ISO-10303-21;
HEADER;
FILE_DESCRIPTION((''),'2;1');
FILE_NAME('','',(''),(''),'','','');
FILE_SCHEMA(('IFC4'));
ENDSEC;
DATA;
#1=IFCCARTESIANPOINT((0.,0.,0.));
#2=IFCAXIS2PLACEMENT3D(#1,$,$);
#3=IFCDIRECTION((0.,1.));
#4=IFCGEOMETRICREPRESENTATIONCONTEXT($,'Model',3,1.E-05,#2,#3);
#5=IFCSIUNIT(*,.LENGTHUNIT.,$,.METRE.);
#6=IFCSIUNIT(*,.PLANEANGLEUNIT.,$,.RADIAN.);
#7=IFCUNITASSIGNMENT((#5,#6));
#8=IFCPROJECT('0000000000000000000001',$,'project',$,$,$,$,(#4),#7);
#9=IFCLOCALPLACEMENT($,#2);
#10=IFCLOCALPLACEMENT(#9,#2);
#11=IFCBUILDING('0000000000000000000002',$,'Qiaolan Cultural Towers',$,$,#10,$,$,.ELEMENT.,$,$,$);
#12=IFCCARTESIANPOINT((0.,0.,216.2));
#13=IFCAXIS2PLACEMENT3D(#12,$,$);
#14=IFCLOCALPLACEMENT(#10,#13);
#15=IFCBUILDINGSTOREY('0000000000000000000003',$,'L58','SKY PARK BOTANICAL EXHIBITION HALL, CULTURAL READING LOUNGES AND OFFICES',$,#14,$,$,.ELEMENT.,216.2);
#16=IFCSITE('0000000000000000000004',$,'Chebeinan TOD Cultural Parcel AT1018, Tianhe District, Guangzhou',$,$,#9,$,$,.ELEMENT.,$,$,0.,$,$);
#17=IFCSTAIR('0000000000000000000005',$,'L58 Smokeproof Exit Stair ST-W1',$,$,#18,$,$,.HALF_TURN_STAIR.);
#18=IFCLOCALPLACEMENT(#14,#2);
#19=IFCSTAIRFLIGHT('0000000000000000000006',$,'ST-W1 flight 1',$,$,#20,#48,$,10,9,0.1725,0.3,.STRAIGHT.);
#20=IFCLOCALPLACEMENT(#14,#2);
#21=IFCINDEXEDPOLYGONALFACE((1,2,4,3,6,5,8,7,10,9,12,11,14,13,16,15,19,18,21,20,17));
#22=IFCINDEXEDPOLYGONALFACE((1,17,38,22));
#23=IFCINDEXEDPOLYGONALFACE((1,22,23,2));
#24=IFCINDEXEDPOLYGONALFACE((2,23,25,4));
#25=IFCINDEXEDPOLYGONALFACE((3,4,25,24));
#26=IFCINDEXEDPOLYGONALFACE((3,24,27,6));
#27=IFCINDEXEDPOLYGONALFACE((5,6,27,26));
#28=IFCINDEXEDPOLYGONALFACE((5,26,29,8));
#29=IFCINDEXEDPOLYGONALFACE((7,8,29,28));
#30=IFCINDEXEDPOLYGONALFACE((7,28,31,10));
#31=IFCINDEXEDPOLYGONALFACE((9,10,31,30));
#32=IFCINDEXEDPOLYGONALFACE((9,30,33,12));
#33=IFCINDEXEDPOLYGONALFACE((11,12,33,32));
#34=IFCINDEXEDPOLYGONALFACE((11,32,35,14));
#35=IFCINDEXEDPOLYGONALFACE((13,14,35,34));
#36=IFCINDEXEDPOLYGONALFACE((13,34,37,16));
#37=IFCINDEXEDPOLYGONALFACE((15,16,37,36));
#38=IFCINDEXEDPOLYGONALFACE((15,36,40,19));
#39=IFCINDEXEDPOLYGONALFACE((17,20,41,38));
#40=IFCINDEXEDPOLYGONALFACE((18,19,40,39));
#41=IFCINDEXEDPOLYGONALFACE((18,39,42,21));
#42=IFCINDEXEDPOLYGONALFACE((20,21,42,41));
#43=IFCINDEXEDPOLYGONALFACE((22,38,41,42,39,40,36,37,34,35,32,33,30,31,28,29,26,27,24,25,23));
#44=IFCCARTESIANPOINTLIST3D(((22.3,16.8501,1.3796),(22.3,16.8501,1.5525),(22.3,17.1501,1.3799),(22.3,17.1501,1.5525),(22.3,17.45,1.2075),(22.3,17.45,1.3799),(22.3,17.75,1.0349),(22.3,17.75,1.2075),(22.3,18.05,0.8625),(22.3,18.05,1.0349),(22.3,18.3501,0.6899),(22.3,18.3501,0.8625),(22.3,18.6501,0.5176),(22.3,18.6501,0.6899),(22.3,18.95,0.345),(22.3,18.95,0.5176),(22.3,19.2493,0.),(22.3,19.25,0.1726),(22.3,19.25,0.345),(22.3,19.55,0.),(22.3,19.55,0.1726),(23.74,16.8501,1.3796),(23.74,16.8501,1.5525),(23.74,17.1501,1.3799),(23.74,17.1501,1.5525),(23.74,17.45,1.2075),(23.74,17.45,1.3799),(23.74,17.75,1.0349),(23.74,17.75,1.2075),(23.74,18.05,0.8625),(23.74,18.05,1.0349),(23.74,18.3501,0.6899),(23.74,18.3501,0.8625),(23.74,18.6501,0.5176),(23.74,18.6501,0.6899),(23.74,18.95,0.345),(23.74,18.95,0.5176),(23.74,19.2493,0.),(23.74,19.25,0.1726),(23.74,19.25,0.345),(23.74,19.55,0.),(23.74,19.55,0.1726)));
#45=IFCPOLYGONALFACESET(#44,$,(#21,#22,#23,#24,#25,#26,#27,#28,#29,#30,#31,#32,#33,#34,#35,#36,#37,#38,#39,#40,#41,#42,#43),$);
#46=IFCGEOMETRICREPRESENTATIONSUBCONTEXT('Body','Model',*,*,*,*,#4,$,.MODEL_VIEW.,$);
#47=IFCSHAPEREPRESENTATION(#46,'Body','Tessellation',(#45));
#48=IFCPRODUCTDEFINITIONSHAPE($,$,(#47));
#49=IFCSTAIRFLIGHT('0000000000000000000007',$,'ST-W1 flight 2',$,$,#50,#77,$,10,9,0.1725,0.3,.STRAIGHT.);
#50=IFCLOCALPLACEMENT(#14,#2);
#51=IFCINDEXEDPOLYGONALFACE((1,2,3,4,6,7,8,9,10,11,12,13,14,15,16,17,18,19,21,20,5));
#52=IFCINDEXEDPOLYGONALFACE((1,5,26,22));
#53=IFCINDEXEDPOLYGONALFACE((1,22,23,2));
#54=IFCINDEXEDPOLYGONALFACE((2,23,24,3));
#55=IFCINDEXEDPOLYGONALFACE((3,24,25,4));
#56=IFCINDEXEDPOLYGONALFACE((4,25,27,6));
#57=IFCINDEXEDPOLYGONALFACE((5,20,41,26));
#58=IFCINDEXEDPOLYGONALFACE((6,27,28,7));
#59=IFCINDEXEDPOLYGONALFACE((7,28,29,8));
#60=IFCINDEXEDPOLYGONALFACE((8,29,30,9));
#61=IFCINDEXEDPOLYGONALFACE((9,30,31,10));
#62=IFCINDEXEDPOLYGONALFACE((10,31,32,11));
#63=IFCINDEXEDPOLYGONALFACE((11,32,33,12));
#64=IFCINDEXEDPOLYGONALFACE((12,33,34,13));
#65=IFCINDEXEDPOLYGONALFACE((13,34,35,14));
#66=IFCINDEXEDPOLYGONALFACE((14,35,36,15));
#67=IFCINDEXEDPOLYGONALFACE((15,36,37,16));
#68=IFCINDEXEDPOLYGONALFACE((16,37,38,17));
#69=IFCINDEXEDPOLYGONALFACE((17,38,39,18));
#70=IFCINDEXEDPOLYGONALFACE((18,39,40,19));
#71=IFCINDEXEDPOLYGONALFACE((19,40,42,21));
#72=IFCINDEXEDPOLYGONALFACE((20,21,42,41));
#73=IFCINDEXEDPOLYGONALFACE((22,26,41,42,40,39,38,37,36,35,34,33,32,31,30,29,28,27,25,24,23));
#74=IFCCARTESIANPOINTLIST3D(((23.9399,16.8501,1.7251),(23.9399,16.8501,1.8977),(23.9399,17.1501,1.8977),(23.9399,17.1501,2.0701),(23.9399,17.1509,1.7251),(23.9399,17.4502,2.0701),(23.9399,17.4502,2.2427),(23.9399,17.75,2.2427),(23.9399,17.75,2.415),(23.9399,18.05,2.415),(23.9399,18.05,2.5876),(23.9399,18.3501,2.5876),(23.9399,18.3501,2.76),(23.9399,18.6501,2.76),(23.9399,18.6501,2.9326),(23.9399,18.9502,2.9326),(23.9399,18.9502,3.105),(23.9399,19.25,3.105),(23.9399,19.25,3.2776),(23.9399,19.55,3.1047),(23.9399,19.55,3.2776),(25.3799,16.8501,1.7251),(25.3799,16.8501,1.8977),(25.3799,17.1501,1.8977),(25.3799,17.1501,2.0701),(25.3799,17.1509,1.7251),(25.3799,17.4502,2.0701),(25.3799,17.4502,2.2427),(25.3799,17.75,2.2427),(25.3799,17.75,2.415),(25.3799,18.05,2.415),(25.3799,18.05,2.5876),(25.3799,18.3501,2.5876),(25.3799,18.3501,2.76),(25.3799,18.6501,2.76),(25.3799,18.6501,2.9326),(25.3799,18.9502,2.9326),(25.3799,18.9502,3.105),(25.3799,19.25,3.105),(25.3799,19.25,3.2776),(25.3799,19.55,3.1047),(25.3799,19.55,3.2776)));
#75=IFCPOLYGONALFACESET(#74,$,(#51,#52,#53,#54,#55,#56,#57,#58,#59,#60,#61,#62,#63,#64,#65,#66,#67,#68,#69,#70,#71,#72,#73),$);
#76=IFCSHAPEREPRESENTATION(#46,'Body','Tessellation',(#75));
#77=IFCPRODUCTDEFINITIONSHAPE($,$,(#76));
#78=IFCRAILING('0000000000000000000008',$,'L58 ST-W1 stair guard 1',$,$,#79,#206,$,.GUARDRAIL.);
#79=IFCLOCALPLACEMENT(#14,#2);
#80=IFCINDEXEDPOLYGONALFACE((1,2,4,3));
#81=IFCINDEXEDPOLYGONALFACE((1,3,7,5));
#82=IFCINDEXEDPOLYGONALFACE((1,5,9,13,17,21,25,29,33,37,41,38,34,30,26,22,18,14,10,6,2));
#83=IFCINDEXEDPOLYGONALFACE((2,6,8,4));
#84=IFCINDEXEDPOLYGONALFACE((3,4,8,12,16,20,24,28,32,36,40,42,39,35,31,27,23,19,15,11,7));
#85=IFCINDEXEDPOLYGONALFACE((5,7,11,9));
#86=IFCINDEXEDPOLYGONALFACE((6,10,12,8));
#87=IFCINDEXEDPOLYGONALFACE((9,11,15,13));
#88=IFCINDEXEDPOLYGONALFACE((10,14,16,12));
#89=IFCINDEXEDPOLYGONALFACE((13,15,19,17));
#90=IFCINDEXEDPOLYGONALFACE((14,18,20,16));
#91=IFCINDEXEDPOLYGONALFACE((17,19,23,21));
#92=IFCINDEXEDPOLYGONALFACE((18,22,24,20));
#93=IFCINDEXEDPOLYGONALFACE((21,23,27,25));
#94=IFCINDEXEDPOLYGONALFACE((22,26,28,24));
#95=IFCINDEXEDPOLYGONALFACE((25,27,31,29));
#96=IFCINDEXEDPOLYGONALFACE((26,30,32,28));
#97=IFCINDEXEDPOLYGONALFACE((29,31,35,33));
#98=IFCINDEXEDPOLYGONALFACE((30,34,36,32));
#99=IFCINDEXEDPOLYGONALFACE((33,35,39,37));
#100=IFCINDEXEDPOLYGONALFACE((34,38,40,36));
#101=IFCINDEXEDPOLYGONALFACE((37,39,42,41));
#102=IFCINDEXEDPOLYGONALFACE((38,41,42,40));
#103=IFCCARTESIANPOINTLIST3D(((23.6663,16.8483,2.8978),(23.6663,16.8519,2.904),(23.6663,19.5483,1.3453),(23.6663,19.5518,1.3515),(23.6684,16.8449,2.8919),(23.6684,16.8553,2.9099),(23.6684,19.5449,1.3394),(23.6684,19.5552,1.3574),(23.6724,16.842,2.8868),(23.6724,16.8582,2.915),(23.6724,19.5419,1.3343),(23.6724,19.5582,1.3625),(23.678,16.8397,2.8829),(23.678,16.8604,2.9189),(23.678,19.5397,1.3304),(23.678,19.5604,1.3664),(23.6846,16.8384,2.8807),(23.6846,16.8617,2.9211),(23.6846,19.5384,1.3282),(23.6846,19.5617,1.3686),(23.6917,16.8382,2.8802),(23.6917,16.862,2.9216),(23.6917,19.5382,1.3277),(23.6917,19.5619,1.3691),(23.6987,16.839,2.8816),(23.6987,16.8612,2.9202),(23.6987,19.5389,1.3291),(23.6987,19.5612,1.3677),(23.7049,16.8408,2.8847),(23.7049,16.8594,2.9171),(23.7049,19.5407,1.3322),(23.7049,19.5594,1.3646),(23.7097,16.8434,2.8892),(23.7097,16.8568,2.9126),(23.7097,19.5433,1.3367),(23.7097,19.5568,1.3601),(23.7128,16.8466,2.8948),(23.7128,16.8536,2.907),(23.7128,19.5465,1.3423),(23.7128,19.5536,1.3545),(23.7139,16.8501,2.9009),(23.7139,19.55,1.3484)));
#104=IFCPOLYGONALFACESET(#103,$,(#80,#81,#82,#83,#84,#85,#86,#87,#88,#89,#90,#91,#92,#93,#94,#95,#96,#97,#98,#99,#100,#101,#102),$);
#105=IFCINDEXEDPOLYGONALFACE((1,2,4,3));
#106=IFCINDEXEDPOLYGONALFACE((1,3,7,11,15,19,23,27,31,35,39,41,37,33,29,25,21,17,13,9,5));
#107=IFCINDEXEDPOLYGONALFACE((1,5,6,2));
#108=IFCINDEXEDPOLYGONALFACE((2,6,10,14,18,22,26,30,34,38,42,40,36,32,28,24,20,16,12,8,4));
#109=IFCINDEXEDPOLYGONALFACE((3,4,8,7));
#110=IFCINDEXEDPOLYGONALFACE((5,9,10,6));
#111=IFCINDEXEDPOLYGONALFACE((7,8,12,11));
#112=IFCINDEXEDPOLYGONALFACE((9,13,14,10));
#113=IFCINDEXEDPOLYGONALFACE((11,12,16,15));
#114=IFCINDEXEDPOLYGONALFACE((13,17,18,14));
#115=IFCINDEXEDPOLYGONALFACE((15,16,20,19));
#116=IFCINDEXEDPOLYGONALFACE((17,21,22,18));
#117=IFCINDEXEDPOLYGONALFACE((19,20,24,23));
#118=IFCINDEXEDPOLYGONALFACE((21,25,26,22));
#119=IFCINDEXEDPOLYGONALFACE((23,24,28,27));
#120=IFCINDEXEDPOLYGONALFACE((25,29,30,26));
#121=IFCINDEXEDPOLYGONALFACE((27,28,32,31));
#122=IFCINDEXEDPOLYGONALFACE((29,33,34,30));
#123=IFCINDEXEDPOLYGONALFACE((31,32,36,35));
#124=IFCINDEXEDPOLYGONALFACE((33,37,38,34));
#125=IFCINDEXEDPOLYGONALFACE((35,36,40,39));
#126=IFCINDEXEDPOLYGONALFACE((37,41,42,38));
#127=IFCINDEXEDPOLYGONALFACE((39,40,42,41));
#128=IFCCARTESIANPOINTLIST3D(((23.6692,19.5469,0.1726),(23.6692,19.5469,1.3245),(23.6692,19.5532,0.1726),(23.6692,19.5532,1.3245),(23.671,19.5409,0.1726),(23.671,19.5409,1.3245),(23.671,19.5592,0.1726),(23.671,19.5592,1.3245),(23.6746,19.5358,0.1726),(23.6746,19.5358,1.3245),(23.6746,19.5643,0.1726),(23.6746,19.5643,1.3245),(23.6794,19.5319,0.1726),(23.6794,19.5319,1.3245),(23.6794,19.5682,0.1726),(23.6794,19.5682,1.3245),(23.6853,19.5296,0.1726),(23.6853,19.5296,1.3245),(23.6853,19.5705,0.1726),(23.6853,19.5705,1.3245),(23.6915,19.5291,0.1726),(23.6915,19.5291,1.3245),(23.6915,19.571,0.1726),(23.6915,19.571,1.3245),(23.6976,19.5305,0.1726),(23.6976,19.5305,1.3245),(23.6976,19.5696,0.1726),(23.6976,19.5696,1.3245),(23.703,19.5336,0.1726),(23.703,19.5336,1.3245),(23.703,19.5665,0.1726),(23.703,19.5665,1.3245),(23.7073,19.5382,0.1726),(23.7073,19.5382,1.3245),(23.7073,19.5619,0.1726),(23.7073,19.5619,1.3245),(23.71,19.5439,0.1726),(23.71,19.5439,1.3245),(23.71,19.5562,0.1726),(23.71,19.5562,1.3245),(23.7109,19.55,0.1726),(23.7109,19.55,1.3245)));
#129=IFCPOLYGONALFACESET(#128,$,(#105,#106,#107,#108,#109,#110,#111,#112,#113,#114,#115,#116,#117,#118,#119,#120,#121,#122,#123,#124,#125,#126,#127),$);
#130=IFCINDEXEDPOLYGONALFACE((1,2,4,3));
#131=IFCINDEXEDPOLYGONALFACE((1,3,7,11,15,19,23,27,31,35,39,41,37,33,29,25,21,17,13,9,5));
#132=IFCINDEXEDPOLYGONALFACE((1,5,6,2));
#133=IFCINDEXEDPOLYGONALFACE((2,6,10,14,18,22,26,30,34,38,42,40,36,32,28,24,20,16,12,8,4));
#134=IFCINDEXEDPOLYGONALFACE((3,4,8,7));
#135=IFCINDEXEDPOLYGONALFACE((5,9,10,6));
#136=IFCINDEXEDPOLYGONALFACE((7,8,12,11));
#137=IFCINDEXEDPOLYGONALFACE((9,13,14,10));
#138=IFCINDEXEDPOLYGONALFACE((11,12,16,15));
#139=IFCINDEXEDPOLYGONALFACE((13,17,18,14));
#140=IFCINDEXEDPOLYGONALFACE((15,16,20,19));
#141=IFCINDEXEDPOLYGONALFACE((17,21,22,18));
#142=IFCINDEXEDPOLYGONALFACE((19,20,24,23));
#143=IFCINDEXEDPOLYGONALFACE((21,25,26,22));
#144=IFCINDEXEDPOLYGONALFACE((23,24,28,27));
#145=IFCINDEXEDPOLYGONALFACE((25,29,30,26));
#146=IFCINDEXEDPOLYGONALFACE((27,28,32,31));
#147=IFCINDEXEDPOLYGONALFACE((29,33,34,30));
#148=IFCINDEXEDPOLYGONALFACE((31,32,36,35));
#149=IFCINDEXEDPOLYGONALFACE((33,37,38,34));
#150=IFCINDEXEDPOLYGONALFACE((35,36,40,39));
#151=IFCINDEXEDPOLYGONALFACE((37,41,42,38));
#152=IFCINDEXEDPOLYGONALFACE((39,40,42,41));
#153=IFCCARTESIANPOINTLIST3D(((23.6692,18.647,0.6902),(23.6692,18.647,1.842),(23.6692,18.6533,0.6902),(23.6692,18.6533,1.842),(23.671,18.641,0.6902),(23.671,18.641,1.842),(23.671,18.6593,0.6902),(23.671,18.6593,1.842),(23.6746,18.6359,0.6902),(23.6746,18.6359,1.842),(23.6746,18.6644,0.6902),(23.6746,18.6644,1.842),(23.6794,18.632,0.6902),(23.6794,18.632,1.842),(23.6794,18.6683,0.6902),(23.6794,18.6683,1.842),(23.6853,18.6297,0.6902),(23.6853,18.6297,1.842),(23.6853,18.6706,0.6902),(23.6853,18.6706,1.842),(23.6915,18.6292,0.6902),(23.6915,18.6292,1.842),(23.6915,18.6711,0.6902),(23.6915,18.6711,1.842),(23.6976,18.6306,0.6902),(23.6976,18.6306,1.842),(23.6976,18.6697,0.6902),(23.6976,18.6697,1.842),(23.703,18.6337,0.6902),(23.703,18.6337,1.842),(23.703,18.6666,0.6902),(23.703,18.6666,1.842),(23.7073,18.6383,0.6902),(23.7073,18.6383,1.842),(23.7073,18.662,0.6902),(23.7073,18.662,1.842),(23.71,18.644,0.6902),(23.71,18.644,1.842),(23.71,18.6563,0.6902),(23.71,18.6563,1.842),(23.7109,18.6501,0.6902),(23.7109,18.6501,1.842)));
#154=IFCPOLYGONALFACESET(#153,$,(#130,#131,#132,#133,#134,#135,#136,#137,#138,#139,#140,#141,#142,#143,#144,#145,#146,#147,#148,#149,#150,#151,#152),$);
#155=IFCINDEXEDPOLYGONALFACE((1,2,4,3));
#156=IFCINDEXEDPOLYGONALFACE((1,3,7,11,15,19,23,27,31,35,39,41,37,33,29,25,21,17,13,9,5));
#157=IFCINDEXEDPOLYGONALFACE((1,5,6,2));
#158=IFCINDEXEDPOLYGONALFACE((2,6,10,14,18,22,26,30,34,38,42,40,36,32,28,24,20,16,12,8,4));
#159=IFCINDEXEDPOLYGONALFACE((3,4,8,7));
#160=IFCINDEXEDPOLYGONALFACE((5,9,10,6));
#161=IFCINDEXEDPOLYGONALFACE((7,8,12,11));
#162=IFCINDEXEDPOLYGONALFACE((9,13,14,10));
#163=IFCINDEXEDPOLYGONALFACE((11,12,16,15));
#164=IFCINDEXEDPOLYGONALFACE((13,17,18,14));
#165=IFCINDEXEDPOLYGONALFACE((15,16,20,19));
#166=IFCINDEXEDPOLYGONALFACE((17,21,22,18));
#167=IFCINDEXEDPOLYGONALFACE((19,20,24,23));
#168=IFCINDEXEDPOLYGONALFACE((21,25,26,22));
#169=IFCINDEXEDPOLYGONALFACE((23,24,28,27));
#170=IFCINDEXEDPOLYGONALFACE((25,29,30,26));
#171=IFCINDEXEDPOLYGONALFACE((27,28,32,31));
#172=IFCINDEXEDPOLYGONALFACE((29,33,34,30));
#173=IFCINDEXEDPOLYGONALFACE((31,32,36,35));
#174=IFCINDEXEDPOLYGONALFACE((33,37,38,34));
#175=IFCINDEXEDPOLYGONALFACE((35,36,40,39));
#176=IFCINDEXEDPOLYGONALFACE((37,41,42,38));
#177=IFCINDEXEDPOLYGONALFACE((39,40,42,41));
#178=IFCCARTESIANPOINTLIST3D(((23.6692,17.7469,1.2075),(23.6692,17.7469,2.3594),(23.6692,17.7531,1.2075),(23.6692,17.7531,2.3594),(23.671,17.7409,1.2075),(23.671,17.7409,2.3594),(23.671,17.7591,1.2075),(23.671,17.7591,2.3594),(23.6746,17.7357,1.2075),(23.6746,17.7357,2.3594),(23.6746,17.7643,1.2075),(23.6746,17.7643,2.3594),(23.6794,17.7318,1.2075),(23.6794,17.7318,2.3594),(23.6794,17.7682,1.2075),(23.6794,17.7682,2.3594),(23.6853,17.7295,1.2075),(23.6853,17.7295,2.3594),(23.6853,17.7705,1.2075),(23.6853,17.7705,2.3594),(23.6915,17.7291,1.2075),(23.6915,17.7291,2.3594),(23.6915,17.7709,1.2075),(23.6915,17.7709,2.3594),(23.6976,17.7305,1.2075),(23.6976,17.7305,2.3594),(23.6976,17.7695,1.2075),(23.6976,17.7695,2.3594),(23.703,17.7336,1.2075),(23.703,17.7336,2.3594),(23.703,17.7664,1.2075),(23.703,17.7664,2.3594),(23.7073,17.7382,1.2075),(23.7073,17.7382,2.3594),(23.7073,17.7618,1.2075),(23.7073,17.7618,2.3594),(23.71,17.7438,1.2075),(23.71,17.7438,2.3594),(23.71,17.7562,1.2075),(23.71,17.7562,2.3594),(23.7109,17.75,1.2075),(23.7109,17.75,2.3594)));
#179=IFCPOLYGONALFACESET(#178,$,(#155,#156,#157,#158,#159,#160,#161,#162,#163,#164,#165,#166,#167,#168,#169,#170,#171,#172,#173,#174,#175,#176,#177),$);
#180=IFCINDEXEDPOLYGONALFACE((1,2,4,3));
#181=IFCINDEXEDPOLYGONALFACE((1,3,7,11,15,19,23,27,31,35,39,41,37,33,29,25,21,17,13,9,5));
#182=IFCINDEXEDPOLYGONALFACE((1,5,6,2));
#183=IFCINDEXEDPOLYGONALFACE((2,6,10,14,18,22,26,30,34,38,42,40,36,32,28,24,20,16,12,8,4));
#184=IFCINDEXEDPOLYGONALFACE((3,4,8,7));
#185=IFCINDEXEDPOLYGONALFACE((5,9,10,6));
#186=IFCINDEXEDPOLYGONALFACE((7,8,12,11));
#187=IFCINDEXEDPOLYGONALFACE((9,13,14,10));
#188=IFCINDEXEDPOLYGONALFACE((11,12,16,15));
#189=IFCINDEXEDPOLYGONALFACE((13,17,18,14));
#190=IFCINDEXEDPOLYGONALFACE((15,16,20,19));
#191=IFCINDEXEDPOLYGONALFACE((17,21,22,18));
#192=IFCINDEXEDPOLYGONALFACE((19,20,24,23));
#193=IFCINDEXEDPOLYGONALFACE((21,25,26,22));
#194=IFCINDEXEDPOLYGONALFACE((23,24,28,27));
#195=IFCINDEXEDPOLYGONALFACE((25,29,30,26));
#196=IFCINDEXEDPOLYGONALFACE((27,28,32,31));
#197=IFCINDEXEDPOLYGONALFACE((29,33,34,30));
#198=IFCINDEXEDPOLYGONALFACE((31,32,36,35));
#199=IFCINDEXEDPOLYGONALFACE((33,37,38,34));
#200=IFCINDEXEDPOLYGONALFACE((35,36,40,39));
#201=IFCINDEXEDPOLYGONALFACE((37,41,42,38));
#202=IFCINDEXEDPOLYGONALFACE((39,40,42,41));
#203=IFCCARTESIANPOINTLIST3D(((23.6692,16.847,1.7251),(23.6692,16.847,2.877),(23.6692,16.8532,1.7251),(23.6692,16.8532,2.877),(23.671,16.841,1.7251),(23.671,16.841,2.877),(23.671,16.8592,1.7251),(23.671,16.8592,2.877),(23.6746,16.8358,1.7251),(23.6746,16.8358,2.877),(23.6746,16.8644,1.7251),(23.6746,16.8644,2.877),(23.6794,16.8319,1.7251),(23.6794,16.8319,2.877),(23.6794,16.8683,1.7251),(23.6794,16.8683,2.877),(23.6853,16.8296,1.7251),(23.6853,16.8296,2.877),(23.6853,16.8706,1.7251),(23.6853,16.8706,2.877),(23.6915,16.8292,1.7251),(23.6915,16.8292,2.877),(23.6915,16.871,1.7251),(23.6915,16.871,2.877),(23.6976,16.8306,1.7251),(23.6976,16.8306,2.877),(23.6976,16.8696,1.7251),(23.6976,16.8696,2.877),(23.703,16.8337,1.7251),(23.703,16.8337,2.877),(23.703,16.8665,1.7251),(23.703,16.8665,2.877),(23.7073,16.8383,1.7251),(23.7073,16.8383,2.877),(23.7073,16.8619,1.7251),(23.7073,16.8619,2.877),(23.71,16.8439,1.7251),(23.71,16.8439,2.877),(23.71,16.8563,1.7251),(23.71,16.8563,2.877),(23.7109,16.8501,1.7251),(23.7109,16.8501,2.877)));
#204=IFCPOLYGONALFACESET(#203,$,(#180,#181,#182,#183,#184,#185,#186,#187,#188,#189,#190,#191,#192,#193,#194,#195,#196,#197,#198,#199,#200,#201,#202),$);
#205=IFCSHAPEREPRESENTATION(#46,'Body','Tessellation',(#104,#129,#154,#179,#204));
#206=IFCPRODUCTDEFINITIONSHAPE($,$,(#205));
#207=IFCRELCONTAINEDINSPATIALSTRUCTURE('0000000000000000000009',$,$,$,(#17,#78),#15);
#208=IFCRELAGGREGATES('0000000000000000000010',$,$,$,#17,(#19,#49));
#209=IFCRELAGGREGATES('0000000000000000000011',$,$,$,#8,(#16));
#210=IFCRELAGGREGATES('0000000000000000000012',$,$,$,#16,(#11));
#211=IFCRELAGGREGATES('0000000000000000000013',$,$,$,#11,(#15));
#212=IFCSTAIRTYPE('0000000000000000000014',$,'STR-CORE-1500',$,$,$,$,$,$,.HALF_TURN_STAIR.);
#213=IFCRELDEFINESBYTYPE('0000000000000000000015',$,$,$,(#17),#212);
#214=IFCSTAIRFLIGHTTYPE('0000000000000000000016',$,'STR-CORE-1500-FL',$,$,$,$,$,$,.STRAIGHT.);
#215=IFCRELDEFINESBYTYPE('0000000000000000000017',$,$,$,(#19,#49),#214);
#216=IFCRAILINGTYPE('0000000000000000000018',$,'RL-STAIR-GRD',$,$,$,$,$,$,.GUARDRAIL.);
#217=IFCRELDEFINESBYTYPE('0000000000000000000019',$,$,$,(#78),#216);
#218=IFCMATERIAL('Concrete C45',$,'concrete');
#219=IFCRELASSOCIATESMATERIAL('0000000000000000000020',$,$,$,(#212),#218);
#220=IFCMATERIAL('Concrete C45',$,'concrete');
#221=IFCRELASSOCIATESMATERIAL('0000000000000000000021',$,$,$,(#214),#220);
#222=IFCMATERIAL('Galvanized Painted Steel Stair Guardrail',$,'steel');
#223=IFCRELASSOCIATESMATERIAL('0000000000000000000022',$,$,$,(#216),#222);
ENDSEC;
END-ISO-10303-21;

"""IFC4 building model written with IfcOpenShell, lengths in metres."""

from ifc_helpers import new_model, si_unit, direction, frame, origin, origin_2d, place, context, subcontext, project, spatial, polyline, circle, outline, extrude, material, type_object, element, aggregate, save


model = new_model("IFC4")

# Units and contexts
model_context = context("Model", 3, precision=1e-05, world=origin(), true_north=direction((0.0, 1.0)))
body_context = subcontext(model_context, "Body", "Model", "MODEL_VIEW")
ifc_project = project(units=[si_unit("LENGTHUNIT", "METRE"), si_unit("PLANEANGLEUNIT", "RADIAN")], contexts=[model_context])

# Site, building, storey
site_placement = place(None, origin())
site = spatial("IfcSite", under=ifc_project, at=site_placement, Name="Chebeinan TOD Cultural Parcel AT1018, Tianhe District, Guangzhou", CompositionType="ELEMENT", RefElevation=0.0)
building_placement = place(site_placement, origin())
building = spatial("IfcBuilding", under=site, at=building_placement, Name="Qiaolan Cultural Towers", CompositionType="ELEMENT")
storey_placement = place(building_placement, frame((0.0, 0.0, 216.2)))
storey = spatial("IfcBuildingStorey", under=building, at=storey_placement, Name="L58", Description="SKY PARK BOTANICAL EXHIBITION HALL, CULTURAL READING LOUNGES AND OFFICES", CompositionType="ELEMENT", Elevation=216.2)

# Stair, stair flights
ifc_material_1 = material(Name="Concrete C45", Category="concrete")
stair_type = type_object("IfcStairType", Name="STR-CORE-1500", PredefinedType="HALF_TURN_STAIR", material=ifc_material_1)
stair_placement = place(storey_placement, origin())
stair = element("IfcStair", 1, at=stair_placement, inside=storey, type_object=stair_type, Name="L58 Smokeproof Exit Stair ST-W1", PredefinedType="HALF_TURN_STAIR")
ifc_material_2 = material(Name="Concrete C45", Category="concrete")
stair_flight_type = type_object("IfcStairFlightType", Name="STR-CORE-1500-FL", PredefinedType="STRAIGHT", material=ifc_material_2)
stair_flight_1_placement = place(storey_placement, frame((23.02, 19.55, 0.0), z_axis=(0.0, 0.0, 1.0), x_axis=(0.0, -1.0, 0.0)))
stair_flight_1 = element("IfcStairFlight", 2, at=stair_flight_1_placement, type_object=stair_flight_type, Name="ST-W1 flight 1", NumberOfRisers=10, NumberOfTreads=9, PredefinedType="STRAIGHT", RiserHeight=0.1725, TreadLength=0.3, context=body_context, shape_type="SweptSolid", body=[
    extrude(outline(polyline([(0.0, 0.0), (0.0, 0.1726), (0.3, 0.1726), (0.3, 0.345), (0.6001, 0.345), (0.6001, 0.5176), (0.8999, 0.5176), (0.8999, 0.6899), (1.2, 0.6899), (1.2, 0.8625), (1.5, 0.8625), (1.5, 1.0349), (1.8, 1.0349), (1.8, 1.2075), (2.1001, 1.2075), (2.1001, 1.3799), (2.3999, 1.3799), (2.3999, 1.5525), (2.7, 1.5525), (2.7, 1.7251), (2.7, 1.3796), (0.3008, 0.0), (0.0, 0.0)])), frame((0.0, 0.72, 0.0), z_axis=(0.0, -1.0, 0.0), x_axis=(1.0, 0.0, 0.0)), (0.0, 0.0, 1.0), 1.4399),
])
stair_flight_2_placement = place(storey_placement, frame((24.6599, 16.8501, 1.7251), z_axis=(0.0, 0.0, 1.0), x_axis=(0.0, 1.0, 0.0)))
stair_flight_2 = element("IfcStairFlight", 3, at=stair_flight_2_placement, type_object=stair_flight_type, Name="ST-W1 flight 2", NumberOfRisers=10, NumberOfTreads=9, PredefinedType="STRAIGHT", RiserHeight=0.1725, TreadLength=0.3, context=body_context, shape_type="SweptSolid", body=[
    extrude(outline(polyline([(0.0, 0.0), (0.0, 0.1726), (0.3, 0.1726), (0.3, 0.345), (0.6001, 0.345), (0.6001, 0.5176), (0.8999, 0.5176), (0.8999, 0.6899), (1.2, 0.6899), (1.2, 0.8625), (1.5, 0.8625), (1.5, 1.0349), (1.8, 1.0349), (1.8, 1.2075), (2.1001, 1.2075), (2.1001, 1.3799), (2.3999, 1.3799), (2.3999, 1.5525), (2.7, 1.5525), (2.7, 1.7251), (2.7, 1.3796), (0.3008, 0.0), (0.0, 0.0)])), frame((0.0, 0.72, 0.0), z_axis=(0.0, -1.0, 0.0), x_axis=(1.0, 0.0, 0.0)), (0.0, 0.0, 1.0), 1.4399),
])
aggregate(stair, [stair_flight_1, stair_flight_2])

# Railing
ifc_material_3 = material(Name="Galvanized Painted Steel Stair Guardrail", Category="steel")
railing_type_1 = type_object("IfcRailingType", Name="RL-STAIR-GRD", PredefinedType="GUARDRAIL", material=ifc_material_3)
railing_1_placement = place(storey_placement, frame((23.6899, 19.55, 0.1726)))
element("IfcRailing", 4, at=railing_1_placement, inside=storey, type_object=railing_type_1, Name="L58 ST-W1 stair guard 1", PredefinedType="GUARDRAIL", context=body_context, shape_type="SweptSolid", body=[
    extrude(circle(Radius=0.0239, at=origin_2d()), frame((0.0, 0.0, 1.1758), z_axis=(0.0, -0.866904, 0.498476), x_axis=(1.0, 0.0, 0.0)), (0.0, 0.0, 1.0), 3.1145),
    extrude(circle(Radius=0.021, at=origin_2d()), origin(), (0.0, 0.0, 1.0), 1.1519),
    extrude(circle(Radius=0.021, at=origin_2d()), frame((0.0, -0.8999, 0.5176)), (0.0, 0.0, 1.0), 1.1519),
    extrude(circle(Radius=0.021, at=origin_2d()), frame((0.0, -1.8, 1.0349)), (0.0, 0.0, 1.0), 1.1519),
    extrude(circle(Radius=0.021, at=origin_2d()), frame((0.0, -2.7, 1.5525)), (0.0, 0.0, 1.0), 1.1519),
])

save(model, "model.ifc")
